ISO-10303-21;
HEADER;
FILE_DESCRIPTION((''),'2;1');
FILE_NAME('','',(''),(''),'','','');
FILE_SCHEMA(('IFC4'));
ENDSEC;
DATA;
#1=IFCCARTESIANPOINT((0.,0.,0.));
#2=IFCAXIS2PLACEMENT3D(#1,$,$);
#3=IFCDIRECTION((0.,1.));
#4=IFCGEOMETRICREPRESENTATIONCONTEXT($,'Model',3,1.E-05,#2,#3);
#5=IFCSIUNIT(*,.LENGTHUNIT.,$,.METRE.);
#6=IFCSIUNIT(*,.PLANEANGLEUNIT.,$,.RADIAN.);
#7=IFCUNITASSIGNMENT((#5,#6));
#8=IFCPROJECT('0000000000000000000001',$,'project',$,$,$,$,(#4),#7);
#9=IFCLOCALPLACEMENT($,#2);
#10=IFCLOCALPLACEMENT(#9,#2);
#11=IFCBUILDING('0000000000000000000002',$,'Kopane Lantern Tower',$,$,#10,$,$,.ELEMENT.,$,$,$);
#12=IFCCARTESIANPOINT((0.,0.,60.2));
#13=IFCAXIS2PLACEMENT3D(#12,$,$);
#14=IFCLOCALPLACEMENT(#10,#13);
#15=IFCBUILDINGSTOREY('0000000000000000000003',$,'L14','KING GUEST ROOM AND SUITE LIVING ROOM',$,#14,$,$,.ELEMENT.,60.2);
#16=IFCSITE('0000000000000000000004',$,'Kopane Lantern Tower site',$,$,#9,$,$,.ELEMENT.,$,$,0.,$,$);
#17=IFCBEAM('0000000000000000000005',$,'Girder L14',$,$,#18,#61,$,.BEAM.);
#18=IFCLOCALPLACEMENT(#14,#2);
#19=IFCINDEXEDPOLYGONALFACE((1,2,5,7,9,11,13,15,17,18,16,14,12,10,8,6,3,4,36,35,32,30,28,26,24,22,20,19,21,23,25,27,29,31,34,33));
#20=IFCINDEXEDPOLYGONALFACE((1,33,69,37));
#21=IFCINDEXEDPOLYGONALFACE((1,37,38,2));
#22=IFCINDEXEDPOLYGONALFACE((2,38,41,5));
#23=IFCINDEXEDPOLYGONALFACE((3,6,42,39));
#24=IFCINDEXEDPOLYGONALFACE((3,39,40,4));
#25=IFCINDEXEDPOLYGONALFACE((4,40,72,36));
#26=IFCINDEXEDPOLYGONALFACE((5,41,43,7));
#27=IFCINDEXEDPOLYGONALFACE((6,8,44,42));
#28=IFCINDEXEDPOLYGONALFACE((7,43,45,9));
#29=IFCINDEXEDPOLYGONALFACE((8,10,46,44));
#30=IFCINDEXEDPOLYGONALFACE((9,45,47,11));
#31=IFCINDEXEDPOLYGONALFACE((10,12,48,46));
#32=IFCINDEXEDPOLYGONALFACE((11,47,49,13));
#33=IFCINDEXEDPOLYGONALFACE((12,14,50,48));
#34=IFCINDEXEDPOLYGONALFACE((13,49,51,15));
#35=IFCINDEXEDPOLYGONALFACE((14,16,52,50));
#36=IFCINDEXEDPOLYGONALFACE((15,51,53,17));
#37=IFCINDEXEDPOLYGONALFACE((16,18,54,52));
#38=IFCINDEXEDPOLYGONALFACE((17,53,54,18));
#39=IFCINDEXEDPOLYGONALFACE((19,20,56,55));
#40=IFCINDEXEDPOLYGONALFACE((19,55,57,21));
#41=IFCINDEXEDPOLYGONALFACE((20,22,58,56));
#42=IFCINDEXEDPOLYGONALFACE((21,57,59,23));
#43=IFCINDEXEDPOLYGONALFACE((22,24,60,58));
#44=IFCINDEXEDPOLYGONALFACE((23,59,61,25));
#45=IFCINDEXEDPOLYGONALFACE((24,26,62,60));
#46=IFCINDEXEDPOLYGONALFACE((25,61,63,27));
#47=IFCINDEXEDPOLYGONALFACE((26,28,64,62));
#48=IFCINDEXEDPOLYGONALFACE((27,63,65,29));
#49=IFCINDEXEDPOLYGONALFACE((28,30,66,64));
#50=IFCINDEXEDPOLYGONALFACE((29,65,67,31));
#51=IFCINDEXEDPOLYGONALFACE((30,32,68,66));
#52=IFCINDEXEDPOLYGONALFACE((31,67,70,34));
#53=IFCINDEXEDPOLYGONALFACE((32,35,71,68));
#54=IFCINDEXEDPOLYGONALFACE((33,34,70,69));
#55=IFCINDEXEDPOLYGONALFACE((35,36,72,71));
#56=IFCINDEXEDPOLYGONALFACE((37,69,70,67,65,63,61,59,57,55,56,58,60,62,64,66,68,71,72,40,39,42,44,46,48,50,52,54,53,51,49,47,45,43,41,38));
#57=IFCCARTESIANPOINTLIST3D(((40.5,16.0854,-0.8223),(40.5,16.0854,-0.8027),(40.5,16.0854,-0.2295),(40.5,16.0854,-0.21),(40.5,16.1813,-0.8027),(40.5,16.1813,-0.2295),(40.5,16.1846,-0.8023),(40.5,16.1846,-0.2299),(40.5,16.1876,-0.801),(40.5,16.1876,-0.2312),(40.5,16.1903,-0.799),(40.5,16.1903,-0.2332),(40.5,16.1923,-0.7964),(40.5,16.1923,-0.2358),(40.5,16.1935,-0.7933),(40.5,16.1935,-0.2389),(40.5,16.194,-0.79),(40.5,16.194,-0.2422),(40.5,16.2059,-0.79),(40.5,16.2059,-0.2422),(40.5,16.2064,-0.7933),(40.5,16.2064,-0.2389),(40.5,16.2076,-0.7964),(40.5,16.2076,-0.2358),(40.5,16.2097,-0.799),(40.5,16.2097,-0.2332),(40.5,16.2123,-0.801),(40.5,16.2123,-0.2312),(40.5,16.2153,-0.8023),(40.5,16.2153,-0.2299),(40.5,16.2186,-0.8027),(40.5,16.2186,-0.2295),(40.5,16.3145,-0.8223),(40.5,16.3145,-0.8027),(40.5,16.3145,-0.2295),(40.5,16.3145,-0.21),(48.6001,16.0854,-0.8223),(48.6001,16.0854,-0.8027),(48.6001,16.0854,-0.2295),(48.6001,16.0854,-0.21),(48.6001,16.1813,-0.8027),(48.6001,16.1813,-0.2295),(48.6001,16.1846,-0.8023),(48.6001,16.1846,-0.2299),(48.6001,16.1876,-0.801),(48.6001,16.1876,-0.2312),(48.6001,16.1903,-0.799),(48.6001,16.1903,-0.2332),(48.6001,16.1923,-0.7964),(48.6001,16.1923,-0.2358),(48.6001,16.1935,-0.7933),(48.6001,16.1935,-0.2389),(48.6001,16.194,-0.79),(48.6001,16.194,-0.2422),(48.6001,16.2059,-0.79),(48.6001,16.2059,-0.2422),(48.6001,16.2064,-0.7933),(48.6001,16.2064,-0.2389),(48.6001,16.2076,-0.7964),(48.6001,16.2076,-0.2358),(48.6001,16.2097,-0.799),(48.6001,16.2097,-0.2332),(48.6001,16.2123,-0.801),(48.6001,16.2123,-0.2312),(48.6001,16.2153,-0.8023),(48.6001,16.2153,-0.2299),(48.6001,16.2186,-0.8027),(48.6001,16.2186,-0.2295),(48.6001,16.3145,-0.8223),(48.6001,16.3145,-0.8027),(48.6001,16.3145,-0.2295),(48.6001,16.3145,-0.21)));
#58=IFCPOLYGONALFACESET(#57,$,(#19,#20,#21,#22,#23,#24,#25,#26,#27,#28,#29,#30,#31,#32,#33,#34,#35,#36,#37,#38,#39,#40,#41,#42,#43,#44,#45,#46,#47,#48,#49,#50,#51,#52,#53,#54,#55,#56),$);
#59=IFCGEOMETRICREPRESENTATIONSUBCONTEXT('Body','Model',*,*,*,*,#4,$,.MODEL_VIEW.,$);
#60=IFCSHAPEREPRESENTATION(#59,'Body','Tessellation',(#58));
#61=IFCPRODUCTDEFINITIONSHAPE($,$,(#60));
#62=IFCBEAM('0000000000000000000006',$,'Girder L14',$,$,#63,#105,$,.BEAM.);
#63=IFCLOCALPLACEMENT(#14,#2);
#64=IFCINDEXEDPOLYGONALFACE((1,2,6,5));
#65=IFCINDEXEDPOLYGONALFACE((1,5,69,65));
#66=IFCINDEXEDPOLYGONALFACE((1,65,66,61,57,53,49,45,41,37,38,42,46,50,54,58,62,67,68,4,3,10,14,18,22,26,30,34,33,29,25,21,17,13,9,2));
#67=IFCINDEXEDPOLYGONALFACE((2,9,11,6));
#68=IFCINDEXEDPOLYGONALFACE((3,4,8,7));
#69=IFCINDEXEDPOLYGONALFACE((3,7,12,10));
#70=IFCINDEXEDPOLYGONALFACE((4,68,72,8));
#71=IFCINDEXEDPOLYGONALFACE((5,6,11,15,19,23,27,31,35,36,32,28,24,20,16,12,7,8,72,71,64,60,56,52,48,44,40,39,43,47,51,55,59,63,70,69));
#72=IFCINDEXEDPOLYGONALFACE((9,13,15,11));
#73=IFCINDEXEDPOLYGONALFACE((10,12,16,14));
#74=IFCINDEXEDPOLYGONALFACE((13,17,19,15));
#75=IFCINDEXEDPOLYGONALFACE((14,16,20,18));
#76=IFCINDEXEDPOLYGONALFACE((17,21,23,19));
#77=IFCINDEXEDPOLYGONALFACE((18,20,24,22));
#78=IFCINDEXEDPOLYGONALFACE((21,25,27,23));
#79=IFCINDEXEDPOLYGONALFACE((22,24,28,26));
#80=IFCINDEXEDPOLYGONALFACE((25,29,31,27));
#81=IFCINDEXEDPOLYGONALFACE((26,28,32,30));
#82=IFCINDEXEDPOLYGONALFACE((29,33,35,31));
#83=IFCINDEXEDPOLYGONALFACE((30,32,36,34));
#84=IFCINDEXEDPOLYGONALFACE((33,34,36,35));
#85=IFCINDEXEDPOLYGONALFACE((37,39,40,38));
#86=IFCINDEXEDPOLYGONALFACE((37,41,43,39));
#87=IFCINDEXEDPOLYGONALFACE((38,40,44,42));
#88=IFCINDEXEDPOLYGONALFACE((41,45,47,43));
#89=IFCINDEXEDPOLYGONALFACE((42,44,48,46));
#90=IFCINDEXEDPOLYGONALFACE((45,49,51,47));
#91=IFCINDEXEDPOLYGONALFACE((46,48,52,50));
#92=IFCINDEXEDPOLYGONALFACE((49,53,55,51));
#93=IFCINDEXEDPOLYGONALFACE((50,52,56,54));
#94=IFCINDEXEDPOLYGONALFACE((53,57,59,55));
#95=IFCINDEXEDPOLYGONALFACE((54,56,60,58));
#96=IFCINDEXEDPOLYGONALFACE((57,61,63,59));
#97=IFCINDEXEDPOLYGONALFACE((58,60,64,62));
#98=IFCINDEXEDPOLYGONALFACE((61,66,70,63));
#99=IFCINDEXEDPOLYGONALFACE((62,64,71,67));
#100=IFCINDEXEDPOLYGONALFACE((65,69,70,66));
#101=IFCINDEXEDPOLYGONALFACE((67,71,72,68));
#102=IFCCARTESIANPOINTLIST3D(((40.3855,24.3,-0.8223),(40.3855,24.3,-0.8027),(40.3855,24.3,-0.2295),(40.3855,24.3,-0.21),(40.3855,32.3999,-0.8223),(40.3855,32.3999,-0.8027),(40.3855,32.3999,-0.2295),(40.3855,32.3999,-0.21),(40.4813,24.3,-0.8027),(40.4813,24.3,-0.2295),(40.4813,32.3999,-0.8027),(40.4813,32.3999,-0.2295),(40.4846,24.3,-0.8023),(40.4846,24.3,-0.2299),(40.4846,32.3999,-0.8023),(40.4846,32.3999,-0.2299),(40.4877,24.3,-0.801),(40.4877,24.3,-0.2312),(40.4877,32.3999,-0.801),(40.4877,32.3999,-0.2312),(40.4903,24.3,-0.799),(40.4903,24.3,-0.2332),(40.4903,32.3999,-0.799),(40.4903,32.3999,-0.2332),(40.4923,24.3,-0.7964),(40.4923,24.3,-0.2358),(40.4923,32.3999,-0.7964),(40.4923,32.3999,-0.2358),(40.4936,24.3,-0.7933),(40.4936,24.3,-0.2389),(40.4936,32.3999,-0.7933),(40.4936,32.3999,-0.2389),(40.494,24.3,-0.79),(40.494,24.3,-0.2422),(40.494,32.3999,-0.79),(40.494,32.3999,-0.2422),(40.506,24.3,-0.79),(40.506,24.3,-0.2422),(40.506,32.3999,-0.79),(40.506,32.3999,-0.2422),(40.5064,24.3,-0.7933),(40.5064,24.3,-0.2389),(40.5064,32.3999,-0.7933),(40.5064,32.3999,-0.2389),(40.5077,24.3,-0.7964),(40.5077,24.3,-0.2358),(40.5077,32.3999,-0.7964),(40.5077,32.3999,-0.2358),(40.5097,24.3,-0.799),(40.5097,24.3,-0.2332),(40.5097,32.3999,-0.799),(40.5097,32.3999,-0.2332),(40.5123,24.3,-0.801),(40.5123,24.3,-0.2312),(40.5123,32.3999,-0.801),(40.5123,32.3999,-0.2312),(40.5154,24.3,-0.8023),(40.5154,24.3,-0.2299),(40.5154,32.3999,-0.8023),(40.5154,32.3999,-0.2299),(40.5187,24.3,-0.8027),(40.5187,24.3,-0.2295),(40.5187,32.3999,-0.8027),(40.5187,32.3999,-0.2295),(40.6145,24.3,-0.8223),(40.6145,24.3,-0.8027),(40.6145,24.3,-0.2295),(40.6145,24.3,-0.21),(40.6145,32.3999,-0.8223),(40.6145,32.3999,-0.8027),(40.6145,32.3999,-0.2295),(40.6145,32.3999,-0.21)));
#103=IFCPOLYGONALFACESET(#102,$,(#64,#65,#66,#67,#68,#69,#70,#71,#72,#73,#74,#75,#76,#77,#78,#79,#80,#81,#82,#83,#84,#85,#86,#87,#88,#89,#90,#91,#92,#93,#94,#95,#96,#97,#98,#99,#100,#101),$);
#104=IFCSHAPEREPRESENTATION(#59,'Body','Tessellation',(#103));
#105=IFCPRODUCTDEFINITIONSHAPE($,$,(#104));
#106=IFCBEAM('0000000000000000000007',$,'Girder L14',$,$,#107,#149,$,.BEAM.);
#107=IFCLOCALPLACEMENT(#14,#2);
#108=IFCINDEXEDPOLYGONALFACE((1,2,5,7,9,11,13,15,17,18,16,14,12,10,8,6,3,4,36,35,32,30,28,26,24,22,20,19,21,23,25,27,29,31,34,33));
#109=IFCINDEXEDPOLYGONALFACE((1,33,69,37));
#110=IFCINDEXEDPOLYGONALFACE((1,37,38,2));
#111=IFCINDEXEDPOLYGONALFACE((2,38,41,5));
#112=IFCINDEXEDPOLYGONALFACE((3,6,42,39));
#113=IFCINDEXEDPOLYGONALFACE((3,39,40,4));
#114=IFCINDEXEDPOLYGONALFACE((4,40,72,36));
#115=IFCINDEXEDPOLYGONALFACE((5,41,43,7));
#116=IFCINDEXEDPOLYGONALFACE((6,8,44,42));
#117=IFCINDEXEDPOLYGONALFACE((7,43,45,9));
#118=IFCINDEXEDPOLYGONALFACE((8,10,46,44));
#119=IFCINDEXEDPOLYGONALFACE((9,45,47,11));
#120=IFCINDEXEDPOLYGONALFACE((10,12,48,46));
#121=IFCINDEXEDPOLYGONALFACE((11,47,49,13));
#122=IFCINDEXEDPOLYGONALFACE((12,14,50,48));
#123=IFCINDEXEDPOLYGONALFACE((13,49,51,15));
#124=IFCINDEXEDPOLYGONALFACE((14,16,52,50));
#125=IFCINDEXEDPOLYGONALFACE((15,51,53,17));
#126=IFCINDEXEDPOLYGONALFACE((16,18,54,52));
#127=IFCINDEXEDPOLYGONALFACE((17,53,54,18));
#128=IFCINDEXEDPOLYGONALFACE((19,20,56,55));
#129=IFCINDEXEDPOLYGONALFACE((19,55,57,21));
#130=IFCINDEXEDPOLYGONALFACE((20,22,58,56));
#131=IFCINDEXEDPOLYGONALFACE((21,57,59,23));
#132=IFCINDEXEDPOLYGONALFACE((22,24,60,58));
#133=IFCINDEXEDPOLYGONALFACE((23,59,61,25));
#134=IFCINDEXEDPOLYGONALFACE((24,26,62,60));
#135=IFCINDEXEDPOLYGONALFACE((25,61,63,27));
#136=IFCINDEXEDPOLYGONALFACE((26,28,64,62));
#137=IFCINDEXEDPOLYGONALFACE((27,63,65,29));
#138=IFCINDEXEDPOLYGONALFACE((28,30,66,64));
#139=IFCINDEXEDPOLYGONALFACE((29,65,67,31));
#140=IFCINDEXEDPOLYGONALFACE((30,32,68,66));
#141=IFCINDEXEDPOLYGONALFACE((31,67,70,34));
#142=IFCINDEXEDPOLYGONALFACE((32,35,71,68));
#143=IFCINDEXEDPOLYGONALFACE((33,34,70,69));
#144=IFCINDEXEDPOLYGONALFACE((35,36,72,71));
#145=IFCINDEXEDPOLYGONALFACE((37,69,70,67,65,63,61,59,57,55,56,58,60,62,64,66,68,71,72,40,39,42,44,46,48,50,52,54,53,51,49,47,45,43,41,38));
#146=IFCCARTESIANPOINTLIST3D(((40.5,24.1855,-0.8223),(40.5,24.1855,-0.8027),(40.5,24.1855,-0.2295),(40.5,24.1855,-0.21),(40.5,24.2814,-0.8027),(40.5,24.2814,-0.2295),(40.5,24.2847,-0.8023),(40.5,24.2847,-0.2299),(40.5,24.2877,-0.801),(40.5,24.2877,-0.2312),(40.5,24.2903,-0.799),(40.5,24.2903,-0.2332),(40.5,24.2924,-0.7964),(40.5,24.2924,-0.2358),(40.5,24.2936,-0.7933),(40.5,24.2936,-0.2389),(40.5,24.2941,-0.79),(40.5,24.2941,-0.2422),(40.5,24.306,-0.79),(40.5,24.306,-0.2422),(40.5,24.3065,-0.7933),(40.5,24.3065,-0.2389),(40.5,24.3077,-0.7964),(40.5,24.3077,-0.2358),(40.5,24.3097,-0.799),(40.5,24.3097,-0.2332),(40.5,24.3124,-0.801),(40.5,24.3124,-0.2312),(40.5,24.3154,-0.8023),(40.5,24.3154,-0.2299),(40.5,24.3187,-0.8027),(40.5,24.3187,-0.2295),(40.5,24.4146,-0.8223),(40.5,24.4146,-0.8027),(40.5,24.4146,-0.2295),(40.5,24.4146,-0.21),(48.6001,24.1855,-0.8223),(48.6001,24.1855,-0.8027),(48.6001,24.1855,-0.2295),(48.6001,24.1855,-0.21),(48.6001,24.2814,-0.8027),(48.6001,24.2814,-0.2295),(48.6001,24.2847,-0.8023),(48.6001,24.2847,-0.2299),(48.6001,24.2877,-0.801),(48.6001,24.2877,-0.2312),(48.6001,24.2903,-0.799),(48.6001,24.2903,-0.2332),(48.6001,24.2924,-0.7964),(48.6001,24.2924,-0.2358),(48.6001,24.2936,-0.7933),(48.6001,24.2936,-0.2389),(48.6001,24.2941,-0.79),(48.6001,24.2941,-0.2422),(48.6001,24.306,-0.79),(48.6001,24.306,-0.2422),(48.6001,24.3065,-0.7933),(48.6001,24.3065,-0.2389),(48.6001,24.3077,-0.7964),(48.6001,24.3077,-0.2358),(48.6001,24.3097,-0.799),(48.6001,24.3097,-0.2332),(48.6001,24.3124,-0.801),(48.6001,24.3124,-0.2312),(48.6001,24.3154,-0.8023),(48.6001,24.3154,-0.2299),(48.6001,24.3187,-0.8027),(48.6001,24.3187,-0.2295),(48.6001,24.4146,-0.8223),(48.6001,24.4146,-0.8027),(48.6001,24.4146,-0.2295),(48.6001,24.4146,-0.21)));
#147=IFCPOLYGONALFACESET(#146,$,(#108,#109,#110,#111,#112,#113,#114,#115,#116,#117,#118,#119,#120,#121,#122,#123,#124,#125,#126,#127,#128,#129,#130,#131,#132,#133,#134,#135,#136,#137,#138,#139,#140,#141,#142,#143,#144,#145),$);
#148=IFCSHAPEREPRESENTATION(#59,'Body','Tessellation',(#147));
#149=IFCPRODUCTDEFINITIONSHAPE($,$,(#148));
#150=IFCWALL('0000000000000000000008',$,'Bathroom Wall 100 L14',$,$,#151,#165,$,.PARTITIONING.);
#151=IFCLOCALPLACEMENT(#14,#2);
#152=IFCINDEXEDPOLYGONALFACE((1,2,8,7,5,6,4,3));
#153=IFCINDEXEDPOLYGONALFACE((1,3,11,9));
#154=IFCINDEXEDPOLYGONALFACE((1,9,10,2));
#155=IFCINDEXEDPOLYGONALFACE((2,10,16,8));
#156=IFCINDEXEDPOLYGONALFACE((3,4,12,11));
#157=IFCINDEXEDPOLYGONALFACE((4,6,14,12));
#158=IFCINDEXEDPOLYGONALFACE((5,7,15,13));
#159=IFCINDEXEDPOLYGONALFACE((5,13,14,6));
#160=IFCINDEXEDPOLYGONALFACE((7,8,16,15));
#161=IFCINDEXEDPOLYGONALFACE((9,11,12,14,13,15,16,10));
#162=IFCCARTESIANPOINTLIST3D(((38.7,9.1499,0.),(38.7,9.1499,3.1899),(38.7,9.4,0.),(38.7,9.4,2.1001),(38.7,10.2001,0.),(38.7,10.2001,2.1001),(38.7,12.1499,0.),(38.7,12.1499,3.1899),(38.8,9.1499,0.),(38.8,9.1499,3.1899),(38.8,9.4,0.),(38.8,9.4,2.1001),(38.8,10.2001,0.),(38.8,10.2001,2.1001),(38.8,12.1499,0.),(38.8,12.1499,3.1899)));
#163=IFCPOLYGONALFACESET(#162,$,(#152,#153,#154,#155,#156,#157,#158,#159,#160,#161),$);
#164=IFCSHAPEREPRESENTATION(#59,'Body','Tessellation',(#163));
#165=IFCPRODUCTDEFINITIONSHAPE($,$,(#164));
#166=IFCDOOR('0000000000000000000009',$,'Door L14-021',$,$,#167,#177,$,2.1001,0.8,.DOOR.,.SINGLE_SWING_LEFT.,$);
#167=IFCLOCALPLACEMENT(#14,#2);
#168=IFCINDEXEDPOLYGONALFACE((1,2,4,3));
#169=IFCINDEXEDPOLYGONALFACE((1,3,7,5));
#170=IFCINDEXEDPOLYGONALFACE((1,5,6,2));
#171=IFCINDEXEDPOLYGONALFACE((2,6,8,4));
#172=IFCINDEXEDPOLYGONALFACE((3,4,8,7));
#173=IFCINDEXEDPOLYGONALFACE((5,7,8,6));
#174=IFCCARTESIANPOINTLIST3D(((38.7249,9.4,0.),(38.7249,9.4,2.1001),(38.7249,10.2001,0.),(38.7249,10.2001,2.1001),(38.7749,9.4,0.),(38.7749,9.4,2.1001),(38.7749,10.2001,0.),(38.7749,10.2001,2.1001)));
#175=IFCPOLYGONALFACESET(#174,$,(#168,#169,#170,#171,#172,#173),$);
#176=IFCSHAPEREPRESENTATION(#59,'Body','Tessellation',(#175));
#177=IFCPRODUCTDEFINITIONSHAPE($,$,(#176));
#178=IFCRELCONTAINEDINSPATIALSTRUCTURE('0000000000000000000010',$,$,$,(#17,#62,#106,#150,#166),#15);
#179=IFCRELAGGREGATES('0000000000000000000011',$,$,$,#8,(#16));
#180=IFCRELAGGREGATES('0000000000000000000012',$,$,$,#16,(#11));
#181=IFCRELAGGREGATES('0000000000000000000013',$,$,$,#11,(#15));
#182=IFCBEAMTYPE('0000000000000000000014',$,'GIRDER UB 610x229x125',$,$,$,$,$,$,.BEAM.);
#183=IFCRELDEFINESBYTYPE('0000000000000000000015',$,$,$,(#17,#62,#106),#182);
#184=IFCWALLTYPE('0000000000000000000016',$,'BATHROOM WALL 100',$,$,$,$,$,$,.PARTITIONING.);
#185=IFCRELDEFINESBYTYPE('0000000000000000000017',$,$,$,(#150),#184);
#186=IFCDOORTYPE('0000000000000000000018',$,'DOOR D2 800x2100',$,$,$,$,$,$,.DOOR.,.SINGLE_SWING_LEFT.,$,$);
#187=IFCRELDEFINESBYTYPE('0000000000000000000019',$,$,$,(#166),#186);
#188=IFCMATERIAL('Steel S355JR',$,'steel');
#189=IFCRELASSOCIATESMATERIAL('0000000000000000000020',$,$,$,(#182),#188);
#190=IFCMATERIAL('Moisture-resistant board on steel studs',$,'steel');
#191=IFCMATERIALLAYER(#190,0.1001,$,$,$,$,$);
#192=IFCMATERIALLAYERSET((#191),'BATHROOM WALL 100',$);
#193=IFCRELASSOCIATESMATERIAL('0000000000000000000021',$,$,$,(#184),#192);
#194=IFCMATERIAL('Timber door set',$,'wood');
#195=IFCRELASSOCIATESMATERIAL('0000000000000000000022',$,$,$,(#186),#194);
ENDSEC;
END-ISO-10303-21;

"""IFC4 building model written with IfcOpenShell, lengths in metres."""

from ifc_helpers import new_model, si_unit, direction, frame, frame_2d, origin, origin_2d, place, context, subcontext, project, spatial, rectangle, i_section, extrude, material, layer, layer_set, material_profile, profile_set, type_object, element, fill, save


model = new_model("IFC4")

# Units and contexts
model_context = context("Model", 3, precision=1e-05, world=origin(), true_north=direction((0.0, 1.0)))
body_context = subcontext(model_context, "Body", "Model", "MODEL_VIEW")
ifc_project = project(units=[si_unit("LENGTHUNIT", "METRE"), si_unit("PLANEANGLEUNIT", "RADIAN")], contexts=[model_context])

# Site, building, storey
site_placement = place(None, origin())
site = spatial("IfcSite", under=ifc_project, at=site_placement, Name="Kopane Lantern Tower site", CompositionType="ELEMENT", RefElevation=0.0)
building_placement = place(site_placement, origin())
building = spatial("IfcBuilding", under=site, at=building_placement, Name="Kopane Lantern Tower", CompositionType="ELEMENT")
storey_placement = place(building_placement, frame((0.0, 0.0, 60.2)))
storey = spatial("IfcBuildingStorey", under=building, at=storey_placement, Name="L14", Description="KING GUEST ROOM AND SUITE LIVING ROOM", CompositionType="ELEMENT", Elevation=60.2)

# Beams
ifc_material_1 = material(Name="Steel S355JR", Category="steel")
ifc_material_profile_1 = material_profile(ifc_material_1, i_section(OverallWidth=0.229, OverallDepth=0.6123, WebThickness=0.012, FlangeThickness=0.0195, FilletRadius=0.0127, at=origin_2d()), Name="UB 610x229x125")
ifc_profile_set_1 = profile_set([ifc_material_profile_1], Name="Steel S355JR")
beam_type_1 = type_object("IfcBeamType", Name="GIRDER UB 610x229x125", PredefinedType="BEAM", material=ifc_profile_set_1)
for number, where, z_axis, x_axis, name in (
    (1, (40.5, 16.2, -0.5161), (1.0, 0.0, 0.0), (0.0, 1.0, 0.0), "Girder L14"),
):
    element("IfcBeam", number, at=place(storey_placement, frame(where, z_axis=z_axis, x_axis=x_axis)), inside=storey, type_object=beam_type_1, Name=name, PredefinedType="BEAM", context=body_context, shape_type="SweptSolid", body=[
        extrude(i_section(OverallWidth=0.229, OverallDepth=0.6123, WebThickness=0.012, FlangeThickness=0.0195, FilletRadius=0.0127, at=origin_2d()), origin(), (0.0, 0.0, 1.0), 8.1001),
    ])
beam_1_placement = place(storey_placement, frame((40.5, 24.3, -0.5161), z_axis=(0.0, 1.0, 0.0), x_axis=(-1.0, 0.0, 0.0)))
element("IfcBeam", 2, at=beam_1_placement, inside=storey, type_object=beam_type_1, Name="Girder L14", PredefinedType="BEAM", context=body_context, shape_type="SweptSolid", body=[
    extrude(i_section(OverallWidth=0.229, OverallDepth=0.6123, WebThickness=0.012, FlangeThickness=0.0195, FilletRadius=0.0127, at=origin_2d()), origin(), (0.0, 0.0, 1.0), 8.0999),
])
beam_2_placement = place(storey_placement, frame((40.5, 24.3, -0.5161), z_axis=(1.0, 0.0, 0.0), x_axis=(0.0, 1.0, 0.0)))
element("IfcBeam", 3, at=beam_2_placement, inside=storey, type_object=beam_type_1, Name="Girder L14", PredefinedType="BEAM", context=body_context, shape_type="SweptSolid", body=[
    extrude(i_section(OverallWidth=0.229, OverallDepth=0.6123, WebThickness=0.012, FlangeThickness=0.0195, FilletRadius=0.0127, at=origin_2d()), origin(), (0.0, 0.0, 1.0), 8.1001),
])

# Wall, opening, door
ifc_material_2 = material(Name="Moisture-resistant board on steel studs", Category="steel")
ifc_layer_1 = layer(ifc_material_2, 0.1001)
ifc_layer_set_1 = layer_set([ifc_layer_1], Name="BATHROOM WALL 100")
wall_type_1 = type_object("IfcWallType", Name="BATHROOM WALL 100", PredefinedType="PARTITIONING", material=ifc_layer_set_1)
wall_1_placement = place(storey_placement, frame((38.75, 12.1499, 0.0), z_axis=(0.0, 0.0, 1.0), x_axis=(0.0, -1.0, 0.0)))
wall_1 = element("IfcWall", 4, at=wall_1_placement, inside=storey, type_object=wall_type_1, Name="Bathroom Wall 100 L14", PredefinedType="PARTITIONING", context=body_context, shape_type="SweptSolid", body=[
    extrude(rectangle(XDim=3.0, YDim=0.1001, at=frame_2d((1.5, 0.0))), origin(), (0.0, 0.0, 1.0), 3.1899),
])
opening_1_placement = place(wall_1_placement, frame((1.95, 0.0, 0.0)))
opening_1 = element("IfcOpeningElement", 5, at=opening_1_placement, cuts=wall_1, PredefinedType="OPENING", context=body_context, shape_type="SweptSolid", body=[
    extrude(rectangle(XDim=0.8, YDim=2.1001, at=frame_2d((0.3999, 1.05))), frame((0.0, 0.0601, 0.0), z_axis=(0.0, -1.0, 0.0), x_axis=(1.0, 0.0, 0.0)), (0.0, 0.0, 1.0), 0.1201),
])
ifc_material_3 = material(Name="Timber door set", Category="wood")
door_type_1 = type_object("IfcDoorType", Name="DOOR D2 800x2100", OperationType="SINGLE_SWING_LEFT", PredefinedType="DOOR", material=ifc_material_3)
door_1_placement = place(opening_1_placement, origin())
door_1 = element("IfcDoor", 6, at=door_1_placement, inside=storey, type_object=door_type_1, Name="Door L14-021", OperationType="SINGLE_SWING_LEFT", OverallHeight=2.1001, OverallWidth=0.8, PredefinedType="DOOR", context=body_context, shape_type="SweptSolid", body=[
    extrude(rectangle(XDim=0.8, YDim=2.1001, at=frame_2d((0.3999, 1.05))), frame((0.0, 0.0249, 0.0), z_axis=(0.0, -1.0, 0.0), x_axis=(1.0, 0.0, 0.0)), (0.0, 0.0, 1.0), 0.05),
])
fill(opening_1, door_1)

save(model, "model.ifc")
